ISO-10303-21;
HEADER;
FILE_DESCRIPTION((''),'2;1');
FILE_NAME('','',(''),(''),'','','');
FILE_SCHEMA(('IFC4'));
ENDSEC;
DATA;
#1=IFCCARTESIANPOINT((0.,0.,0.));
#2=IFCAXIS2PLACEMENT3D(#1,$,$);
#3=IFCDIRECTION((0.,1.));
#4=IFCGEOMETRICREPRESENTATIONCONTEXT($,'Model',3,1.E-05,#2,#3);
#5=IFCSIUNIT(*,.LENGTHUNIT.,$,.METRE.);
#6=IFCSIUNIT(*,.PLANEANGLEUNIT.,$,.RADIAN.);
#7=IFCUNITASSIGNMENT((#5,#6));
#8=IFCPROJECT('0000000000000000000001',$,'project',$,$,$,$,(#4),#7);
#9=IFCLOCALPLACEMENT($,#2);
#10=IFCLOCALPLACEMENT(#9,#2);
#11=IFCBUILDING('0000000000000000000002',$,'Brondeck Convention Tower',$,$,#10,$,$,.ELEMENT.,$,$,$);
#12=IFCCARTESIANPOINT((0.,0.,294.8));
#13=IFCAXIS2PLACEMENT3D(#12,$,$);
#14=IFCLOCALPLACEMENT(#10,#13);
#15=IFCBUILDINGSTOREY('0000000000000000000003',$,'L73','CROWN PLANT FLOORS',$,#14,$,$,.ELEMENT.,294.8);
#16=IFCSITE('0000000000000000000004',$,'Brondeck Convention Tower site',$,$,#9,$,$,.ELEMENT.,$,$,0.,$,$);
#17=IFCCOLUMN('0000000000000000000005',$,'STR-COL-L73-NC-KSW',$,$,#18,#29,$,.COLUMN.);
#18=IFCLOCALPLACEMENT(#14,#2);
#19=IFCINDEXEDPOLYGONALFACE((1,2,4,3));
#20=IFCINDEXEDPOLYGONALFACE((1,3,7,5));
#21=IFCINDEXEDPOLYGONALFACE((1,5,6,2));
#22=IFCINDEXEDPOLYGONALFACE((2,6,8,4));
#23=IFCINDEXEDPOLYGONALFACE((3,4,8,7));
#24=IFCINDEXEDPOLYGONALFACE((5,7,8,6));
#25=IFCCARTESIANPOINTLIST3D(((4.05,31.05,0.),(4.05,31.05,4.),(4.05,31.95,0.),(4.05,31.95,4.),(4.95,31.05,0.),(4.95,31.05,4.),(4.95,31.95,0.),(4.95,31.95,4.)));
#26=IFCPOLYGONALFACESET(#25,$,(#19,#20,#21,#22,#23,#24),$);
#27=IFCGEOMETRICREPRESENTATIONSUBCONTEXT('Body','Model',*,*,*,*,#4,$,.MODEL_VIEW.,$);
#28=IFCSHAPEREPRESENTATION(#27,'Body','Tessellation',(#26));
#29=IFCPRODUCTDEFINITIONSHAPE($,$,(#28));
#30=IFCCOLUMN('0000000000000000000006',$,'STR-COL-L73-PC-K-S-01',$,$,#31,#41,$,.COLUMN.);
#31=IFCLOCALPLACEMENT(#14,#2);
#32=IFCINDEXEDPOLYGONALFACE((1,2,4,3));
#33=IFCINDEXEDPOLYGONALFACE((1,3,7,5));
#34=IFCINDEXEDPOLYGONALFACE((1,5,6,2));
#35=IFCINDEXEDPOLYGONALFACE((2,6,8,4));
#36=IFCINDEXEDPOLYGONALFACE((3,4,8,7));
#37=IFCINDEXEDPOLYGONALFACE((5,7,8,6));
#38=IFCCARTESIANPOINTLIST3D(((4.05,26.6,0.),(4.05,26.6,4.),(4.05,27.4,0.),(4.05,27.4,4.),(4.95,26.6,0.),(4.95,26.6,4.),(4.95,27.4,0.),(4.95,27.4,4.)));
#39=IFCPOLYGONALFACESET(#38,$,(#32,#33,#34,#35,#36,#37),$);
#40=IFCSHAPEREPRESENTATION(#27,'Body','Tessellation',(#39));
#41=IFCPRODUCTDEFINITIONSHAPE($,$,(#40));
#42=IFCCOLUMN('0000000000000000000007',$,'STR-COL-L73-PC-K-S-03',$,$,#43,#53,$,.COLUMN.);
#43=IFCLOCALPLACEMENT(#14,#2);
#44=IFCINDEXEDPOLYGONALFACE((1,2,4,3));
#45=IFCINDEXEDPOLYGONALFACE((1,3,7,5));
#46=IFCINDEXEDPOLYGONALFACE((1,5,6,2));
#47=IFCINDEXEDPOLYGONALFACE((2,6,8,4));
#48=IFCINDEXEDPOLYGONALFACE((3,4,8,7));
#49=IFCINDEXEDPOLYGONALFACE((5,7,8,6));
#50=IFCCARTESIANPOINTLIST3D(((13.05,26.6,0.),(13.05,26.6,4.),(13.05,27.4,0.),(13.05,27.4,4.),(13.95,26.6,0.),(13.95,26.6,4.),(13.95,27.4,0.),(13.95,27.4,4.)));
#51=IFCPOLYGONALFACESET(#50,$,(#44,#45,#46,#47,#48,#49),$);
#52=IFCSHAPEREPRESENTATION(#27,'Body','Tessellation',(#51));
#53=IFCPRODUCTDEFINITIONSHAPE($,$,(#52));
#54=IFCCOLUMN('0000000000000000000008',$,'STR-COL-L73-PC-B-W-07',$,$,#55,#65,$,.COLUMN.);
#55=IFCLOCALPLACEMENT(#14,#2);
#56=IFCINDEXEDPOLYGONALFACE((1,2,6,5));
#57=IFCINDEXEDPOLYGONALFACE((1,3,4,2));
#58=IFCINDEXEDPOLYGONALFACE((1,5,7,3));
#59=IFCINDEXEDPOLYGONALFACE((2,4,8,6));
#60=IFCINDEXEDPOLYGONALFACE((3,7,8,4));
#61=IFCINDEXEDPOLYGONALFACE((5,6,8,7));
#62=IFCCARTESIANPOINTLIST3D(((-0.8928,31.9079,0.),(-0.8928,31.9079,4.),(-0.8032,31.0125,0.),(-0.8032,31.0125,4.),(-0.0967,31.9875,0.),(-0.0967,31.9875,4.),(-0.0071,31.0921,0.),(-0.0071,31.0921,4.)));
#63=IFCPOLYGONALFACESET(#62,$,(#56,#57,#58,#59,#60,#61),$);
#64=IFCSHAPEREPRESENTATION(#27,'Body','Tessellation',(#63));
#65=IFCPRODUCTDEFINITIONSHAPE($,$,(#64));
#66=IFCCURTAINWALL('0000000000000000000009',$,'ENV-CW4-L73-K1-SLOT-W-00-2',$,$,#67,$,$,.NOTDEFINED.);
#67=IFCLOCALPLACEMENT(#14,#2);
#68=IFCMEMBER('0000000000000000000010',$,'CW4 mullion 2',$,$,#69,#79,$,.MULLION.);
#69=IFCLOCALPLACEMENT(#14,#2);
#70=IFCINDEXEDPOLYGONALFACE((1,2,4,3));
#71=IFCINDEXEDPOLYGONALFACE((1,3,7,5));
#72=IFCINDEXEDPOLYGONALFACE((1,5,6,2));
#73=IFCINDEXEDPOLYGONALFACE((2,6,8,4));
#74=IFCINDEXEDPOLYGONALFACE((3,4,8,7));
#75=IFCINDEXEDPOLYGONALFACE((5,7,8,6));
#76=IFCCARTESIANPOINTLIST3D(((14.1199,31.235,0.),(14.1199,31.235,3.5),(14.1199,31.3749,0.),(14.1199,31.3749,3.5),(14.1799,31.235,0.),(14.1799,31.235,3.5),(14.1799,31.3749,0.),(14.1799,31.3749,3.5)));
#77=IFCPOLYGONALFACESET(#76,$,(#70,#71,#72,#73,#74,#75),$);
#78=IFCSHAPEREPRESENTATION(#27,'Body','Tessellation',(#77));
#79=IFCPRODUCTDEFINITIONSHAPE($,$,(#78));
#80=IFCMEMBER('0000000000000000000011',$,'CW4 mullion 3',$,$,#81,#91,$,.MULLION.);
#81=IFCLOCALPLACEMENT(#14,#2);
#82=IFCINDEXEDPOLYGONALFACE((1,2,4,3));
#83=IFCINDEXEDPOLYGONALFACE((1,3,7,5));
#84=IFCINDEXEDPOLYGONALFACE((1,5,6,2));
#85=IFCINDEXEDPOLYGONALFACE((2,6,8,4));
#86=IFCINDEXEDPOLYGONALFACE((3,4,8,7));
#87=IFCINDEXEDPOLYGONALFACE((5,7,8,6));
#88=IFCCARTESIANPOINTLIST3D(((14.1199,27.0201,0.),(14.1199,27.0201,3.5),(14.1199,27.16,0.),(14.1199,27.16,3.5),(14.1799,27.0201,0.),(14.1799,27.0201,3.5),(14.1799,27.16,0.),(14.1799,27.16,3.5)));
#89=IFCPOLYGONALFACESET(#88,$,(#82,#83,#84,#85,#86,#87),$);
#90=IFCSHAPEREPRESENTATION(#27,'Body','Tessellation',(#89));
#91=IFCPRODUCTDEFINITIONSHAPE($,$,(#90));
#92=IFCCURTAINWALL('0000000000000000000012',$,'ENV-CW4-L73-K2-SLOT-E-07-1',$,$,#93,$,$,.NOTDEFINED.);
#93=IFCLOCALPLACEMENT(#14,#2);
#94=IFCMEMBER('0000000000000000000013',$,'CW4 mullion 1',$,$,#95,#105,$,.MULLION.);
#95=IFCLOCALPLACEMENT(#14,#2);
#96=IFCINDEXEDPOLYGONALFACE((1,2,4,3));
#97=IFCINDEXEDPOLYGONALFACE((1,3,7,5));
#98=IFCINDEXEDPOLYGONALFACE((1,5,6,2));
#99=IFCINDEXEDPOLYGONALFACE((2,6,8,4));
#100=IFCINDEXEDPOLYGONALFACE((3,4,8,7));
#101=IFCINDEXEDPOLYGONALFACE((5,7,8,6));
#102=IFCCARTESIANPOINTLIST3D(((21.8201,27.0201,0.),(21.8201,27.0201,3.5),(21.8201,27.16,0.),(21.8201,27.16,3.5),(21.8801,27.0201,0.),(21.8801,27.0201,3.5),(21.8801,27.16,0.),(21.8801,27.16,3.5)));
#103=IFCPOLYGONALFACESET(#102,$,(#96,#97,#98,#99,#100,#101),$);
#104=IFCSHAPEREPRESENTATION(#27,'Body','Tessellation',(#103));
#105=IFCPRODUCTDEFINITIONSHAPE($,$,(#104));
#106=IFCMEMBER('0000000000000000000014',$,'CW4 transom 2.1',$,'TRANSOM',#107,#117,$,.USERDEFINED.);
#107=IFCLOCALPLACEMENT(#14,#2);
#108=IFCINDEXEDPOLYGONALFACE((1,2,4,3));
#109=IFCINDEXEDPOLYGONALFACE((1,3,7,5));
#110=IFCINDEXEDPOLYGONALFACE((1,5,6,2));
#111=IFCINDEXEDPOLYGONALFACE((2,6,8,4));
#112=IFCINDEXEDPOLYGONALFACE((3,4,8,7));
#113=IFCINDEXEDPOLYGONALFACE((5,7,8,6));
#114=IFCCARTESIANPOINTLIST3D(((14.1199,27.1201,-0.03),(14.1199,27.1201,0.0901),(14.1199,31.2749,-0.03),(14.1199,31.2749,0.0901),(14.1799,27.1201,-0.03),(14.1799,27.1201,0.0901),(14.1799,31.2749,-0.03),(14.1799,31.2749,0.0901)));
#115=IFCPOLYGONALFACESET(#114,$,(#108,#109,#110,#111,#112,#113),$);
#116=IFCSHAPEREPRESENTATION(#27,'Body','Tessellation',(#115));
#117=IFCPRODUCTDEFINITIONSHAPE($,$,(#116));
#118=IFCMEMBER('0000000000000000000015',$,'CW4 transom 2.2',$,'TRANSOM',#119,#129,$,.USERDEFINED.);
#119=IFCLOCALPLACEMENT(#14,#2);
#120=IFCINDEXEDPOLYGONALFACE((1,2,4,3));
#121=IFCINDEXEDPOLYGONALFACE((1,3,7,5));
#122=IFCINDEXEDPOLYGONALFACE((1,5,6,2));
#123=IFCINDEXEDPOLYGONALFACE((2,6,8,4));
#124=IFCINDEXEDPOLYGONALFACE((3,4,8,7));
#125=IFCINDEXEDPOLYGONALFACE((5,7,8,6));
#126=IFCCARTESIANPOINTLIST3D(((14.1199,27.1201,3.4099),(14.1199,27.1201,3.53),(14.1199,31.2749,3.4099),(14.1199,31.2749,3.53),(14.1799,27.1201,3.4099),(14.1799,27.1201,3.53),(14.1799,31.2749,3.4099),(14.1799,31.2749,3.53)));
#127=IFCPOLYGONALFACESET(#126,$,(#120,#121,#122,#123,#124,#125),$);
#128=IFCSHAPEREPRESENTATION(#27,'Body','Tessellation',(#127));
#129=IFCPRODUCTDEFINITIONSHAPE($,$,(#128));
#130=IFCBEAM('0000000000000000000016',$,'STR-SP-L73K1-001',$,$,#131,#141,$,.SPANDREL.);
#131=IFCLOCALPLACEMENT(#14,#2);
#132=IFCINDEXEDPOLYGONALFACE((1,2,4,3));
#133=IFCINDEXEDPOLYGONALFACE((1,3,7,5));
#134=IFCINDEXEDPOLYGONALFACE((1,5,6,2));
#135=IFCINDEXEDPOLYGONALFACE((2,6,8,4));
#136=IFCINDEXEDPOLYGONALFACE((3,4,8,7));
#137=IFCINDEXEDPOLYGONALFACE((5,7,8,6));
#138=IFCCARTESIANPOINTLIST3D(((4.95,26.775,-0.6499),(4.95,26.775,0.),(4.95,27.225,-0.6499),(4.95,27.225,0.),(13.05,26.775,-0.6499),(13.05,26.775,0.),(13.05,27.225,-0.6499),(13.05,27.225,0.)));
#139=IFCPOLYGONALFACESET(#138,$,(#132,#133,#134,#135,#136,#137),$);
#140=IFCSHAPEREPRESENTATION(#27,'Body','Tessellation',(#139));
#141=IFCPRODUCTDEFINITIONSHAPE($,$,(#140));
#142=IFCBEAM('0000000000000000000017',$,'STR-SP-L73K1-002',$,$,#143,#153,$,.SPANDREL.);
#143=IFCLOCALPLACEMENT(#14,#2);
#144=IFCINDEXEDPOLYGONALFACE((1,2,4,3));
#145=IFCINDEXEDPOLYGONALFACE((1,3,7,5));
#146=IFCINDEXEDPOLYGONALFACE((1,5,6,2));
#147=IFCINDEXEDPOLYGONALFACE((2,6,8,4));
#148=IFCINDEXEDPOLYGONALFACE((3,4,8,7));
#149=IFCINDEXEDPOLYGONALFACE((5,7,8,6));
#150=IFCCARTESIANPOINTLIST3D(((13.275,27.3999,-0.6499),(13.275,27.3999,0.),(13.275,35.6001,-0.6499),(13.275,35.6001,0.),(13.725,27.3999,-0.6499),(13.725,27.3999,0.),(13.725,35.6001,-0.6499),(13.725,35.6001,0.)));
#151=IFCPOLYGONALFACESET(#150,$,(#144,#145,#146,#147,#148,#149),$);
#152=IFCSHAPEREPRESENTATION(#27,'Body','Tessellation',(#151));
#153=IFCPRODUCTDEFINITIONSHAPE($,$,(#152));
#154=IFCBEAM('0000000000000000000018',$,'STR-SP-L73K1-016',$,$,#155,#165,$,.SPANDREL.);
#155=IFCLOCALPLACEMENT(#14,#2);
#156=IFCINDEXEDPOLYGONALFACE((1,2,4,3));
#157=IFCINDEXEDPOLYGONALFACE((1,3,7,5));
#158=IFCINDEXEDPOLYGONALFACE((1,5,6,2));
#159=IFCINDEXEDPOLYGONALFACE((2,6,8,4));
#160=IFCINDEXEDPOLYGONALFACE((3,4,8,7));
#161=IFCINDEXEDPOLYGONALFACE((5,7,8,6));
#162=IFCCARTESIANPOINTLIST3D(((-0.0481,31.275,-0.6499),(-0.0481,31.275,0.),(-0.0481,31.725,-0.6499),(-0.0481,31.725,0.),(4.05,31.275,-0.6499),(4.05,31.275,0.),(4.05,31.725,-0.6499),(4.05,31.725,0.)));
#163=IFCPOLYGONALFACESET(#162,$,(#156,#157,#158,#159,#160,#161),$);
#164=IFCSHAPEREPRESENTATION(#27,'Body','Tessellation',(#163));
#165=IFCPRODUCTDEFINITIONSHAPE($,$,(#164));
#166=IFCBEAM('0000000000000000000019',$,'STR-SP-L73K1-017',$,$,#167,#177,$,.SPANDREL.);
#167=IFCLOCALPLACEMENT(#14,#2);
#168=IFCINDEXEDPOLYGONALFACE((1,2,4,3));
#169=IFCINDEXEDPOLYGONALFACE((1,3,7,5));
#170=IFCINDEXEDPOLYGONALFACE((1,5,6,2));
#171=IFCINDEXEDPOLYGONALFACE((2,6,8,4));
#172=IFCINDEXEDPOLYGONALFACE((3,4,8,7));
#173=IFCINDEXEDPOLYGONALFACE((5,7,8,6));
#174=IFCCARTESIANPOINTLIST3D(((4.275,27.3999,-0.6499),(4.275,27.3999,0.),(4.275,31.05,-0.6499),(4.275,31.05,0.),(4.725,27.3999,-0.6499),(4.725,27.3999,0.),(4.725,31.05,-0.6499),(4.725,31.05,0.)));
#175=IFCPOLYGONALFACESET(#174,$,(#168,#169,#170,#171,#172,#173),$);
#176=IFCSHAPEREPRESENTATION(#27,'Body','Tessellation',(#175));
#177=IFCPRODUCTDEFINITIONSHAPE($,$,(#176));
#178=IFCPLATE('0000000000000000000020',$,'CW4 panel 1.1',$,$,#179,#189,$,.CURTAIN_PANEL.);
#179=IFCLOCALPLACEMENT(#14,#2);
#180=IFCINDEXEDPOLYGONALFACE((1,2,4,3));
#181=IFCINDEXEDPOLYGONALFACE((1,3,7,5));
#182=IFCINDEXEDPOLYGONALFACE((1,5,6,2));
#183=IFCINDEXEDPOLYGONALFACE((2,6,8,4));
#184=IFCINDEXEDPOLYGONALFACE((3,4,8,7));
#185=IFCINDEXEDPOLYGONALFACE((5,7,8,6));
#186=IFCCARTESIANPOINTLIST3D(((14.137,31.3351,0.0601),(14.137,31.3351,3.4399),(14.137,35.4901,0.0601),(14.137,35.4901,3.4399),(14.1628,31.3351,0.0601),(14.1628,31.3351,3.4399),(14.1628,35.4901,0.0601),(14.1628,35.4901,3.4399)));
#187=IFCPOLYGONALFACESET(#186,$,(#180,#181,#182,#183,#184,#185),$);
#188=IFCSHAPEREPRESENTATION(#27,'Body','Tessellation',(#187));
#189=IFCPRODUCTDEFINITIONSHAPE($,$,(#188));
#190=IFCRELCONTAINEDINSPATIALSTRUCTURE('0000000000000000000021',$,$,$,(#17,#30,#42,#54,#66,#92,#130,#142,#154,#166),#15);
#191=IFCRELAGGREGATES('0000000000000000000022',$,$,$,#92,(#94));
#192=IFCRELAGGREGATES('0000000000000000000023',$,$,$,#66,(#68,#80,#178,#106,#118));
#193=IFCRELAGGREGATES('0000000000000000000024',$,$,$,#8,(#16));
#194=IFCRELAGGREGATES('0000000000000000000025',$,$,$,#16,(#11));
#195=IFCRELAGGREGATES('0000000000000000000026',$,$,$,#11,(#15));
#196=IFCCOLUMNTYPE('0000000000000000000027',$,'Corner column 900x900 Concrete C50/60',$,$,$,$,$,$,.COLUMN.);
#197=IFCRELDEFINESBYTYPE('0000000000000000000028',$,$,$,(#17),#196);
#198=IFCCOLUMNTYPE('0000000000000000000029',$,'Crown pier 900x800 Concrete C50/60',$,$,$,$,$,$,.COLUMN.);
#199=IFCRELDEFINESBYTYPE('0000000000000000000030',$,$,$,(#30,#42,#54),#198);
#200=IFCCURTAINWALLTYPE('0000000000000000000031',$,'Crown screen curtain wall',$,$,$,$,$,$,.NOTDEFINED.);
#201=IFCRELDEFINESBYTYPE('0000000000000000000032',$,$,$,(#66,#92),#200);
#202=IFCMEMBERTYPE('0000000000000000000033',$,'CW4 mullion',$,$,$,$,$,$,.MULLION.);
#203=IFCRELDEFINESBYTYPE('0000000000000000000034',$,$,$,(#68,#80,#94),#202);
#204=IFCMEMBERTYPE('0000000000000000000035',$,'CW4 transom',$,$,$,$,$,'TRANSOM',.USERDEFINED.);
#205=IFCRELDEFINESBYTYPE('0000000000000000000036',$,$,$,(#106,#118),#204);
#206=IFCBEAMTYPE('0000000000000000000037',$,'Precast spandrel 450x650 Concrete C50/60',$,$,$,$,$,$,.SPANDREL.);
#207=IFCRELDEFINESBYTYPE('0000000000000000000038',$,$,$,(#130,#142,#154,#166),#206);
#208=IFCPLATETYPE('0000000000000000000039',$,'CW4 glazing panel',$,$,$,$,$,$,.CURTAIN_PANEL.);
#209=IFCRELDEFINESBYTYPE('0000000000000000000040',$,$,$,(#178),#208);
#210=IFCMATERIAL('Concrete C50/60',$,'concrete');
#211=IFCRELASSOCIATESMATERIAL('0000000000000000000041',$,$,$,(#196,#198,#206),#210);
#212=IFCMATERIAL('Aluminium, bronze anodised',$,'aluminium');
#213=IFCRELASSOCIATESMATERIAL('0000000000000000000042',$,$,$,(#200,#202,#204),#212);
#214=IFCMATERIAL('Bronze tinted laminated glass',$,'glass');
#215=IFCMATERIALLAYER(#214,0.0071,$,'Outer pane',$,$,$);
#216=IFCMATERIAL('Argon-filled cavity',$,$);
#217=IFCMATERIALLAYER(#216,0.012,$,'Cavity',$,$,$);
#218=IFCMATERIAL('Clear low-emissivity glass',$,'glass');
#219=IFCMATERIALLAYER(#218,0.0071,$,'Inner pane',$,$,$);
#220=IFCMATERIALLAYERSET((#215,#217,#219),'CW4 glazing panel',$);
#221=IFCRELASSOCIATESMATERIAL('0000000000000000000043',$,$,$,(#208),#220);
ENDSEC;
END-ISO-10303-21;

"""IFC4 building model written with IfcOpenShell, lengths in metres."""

from ifc_helpers import new_model, si_unit, direction, frame, origin, origin_2d, place, context, subcontext, project, spatial, rectangle, extrude, material, layer, layer_set, material_profile, profile_set, type_object, element, aggregate, save


model = new_model("IFC4")

# Units and contexts
model_context = context("Model", 3, precision=1e-05, world=origin(), true_north=direction((0.0, 1.0)))
body_context = subcontext(model_context, "Body", "Model", "MODEL_VIEW")
ifc_project = project(units=[si_unit("LENGTHUNIT", "METRE"), si_unit("PLANEANGLEUNIT", "RADIAN")], contexts=[model_context])

# Site, building, storey
site_placement = place(None, origin())
site = spatial("IfcSite", under=ifc_project, at=site_placement, Name="Brondeck Convention Tower site", CompositionType="ELEMENT", RefElevation=0.0)
building_placement = place(site_placement, origin())
building = spatial("IfcBuilding", under=site, at=building_placement, Name="Brondeck Convention Tower", CompositionType="ELEMENT")
storey_placement = place(building_placement, frame((0.0, 0.0, 294.8)))
storey = spatial("IfcBuildingStorey", under=building, at=storey_placement, Name="L73", Description="CROWN PLANT FLOORS", CompositionType="ELEMENT", Elevation=294.8)

# Columns
ifc_material_1 = material(Name="Concrete C50/60", Category="concrete")
ifc_material_profile_1 = material_profile(ifc_material_1, rectangle(XDim=0.8999, YDim=0.8999, at=origin_2d()), Name="Corner column 900x900 Concrete C50/60")
ifc_profile_set_1 = profile_set([ifc_material_profile_1], Name="Concrete C50/60")
column_type_1 = type_object("IfcColumnType", Name="Corner column 900x900 Concrete C50/60", PredefinedType="COLUMN", material=ifc_profile_set_1)
column_placement = place(storey_placement, frame((4.5, 31.5, 0.0), z_axis=(0.0, 0.0, 1.0), x_axis=(1.0, 0.0, 0.0)))
element("IfcColumn", 1, at=column_placement, inside=storey, type_object=column_type_1, Name="STR-COL-L73-NC-KSW", PredefinedType="COLUMN", context=body_context, shape_type="SweptSolid", body=[
    extrude(rectangle(XDim=0.8999, YDim=0.8999, at=origin_2d()), origin(), (0.0, 0.0, 1.0), 4.0),
])
ifc_material_profile_2 = material_profile(ifc_material_1, rectangle(XDim=0.8999, YDim=0.8, at=origin_2d()), Name="Crown pier 900x800 Concrete C50/60")
ifc_profile_set_2 = profile_set([ifc_material_profile_2], Name="Concrete C50/60")
column_type_2 = type_object("IfcColumnType", Name="Crown pier 900x800 Concrete C50/60", PredefinedType="COLUMN", material=ifc_profile_set_2)
for number, where, z_axis, x_axis, name in (
    (2, (4.5, 27.0, 0.0), (0.0, 0.0, 1.0), (1.0, 0.0, 0.0), "STR-COL-L73-PC-K-S-01"),
    (3, (13.5, 27.0, 0.0), (0.0, 0.0, 1.0), (1.0, 0.0, 0.0), "STR-COL-L73-PC-K-S-03"),
    (4, (-0.45, 31.5, 0.0), (0.0, 0.0, 1.0), (0.099504, -0.995037, 0.0), "STR-COL-L73-PC-B-W-07"),
):
    element("IfcColumn", number, at=place(storey_placement, frame(where, z_axis=z_axis, x_axis=x_axis)), inside=storey, type_object=column_type_2, Name=name, PredefinedType="COLUMN", context=body_context, shape_type="SweptSolid", body=[
        extrude(rectangle(XDim=0.8999, YDim=0.8, at=origin_2d()), origin(), (0.0, 0.0, 1.0), 4.0),
    ])

# Curtain wall, members
ifc_material_2 = material(Name="Aluminium, bronze anodised", Category="aluminium")
curtain_wall_type = type_object("IfcCurtainWallType", Name="Crown screen curtain wall", PredefinedType="NOTDEFINED", material=ifc_material_2)
curtain_wall_1_placement = place(storey_placement, origin())
curtain_wall_1 = element("IfcCurtainWall", 5, at=curtain_wall_1_placement, inside=storey, type_object=curtain_wall_type, Name="ENV-CW4-L73-K1-SLOT-W-00-2", PredefinedType="NOTDEFINED")
ifc_material_profile_3 = material_profile(ifc_material_2, rectangle(XDim=0.0601, YDim=0.1399, at=origin_2d()), Name="CW4 mullion")
ifc_profile_set_3 = profile_set([ifc_material_profile_3], Name="Aluminium, bronze anodised")
member_type_1 = type_object("IfcMemberType", Name="CW4 mullion", PredefinedType="MULLION", material=ifc_profile_set_3)
member_1_placement = place(storey_placement, frame((14.1499, 31.3049, 0.0), z_axis=(0.0, 0.0, 1.0), x_axis=(1.0, 0.0, 0.0)))
member_1 = element("IfcMember", 6, at=member_1_placement, type_object=member_type_1, Name="CW4 mullion 2", PredefinedType="MULLION", context=body_context, shape_type="SweptSolid", body=[
    extrude(rectangle(XDim=0.0601, YDim=0.1399, at=origin_2d()), origin(), (0.0, 0.0, 1.0), 3.5),
])
member_2_placement = place(storey_placement, frame((14.1499, 27.0901, 0.0), z_axis=(0.0, 0.0, 1.0), x_axis=(1.0, 0.0, 0.0)))
member_2 = element("IfcMember", 7, at=member_2_placement, type_object=member_type_1, Name="CW4 mullion 3", PredefinedType="MULLION", context=body_context, shape_type="SweptSolid", body=[
    extrude(rectangle(XDim=0.0601, YDim=0.1399, at=origin_2d()), origin(), (0.0, 0.0, 1.0), 3.5),
])

# Curtain wall, member
curtain_wall_2_placement = place(storey_placement, origin())
curtain_wall_2 = element("IfcCurtainWall", 8, at=curtain_wall_2_placement, inside=storey, type_object=curtain_wall_type, Name="ENV-CW4-L73-K2-SLOT-E-07-1", PredefinedType="NOTDEFINED")
member_3_placement = place(storey_placement, frame((21.8501, 27.0901, 0.0), z_axis=(0.0, 0.0, 1.0), x_axis=(-1.0, 0.0, 0.0)))
member_3 = element("IfcMember", 9, at=member_3_placement, type_object=member_type_1, Name="CW4 mullion 1", PredefinedType="MULLION", context=body_context, shape_type="SweptSolid", body=[
    extrude(rectangle(XDim=0.0601, YDim=0.1399, at=origin_2d()), origin(), (0.0, 0.0, 1.0), 3.5),
])
aggregate(curtain_wall_2, [member_3])

# Members
ifc_material_profile_4 = material_profile(ifc_material_2, rectangle(XDim=0.0601, YDim=0.1201, at=origin_2d()), Name="CW4 transom")
ifc_profile_set_4 = profile_set([ifc_material_profile_4], Name="Aluminium, bronze anodised")
member_type_2 = type_object("IfcMemberType", Name="CW4 transom", ElementType="TRANSOM", PredefinedType="USERDEFINED", material=ifc_profile_set_4)
member_4_placement = place(storey_placement, frame((14.1499, 31.2749, 0.03), z_axis=(0.0, -1.0, 0.0), x_axis=(1.0, 0.0, 0.0)))
member_4 = element("IfcMember", 10, at=member_4_placement, type_object=member_type_2, Name="CW4 transom 2.1", ObjectType="TRANSOM", PredefinedType="USERDEFINED", context=body_context, shape_type="SweptSolid", body=[
    extrude(rectangle(XDim=0.0601, YDim=0.1201, at=origin_2d()), origin(), (0.0, 0.0, 1.0), 4.1548),
])
member_5_placement = place(storey_placement, frame((14.1499, 31.2749, 3.47), z_axis=(0.0, -1.0, 0.0), x_axis=(1.0, 0.0, 0.0)))
member_5 = element("IfcMember", 11, at=member_5_placement, type_object=member_type_2, Name="CW4 transom 2.2", ObjectType="TRANSOM", PredefinedType="USERDEFINED", context=body_context, shape_type="SweptSolid", body=[
    extrude(rectangle(XDim=0.0601, YDim=0.1201, at=origin_2d()), origin(), (0.0, 0.0, 1.0), 4.1548),
])

# Beams
ifc_material_profile_5 = material_profile(ifc_material_1, rectangle(XDim=0.45, YDim=0.6499, at=origin_2d()), Name="Precast spandrel 450x650 Concrete C50/60")
ifc_profile_set_5 = profile_set([ifc_material_profile_5], Name="Concrete C50/60")
beam_type = type_object("IfcBeamType", Name="Precast spandrel 450x650 Concrete C50/60", PredefinedType="SPANDREL", material=ifc_profile_set_5)
beam_1_placement = place(storey_placement, frame((4.95, 27.0, -0.325), z_axis=(1.0, 0.0, 0.0), x_axis=(0.0, 1.0, 0.0)))
element("IfcBeam", 12, at=beam_1_placement, inside=storey, type_object=beam_type, Name="STR-SP-L73K1-001", PredefinedType="SPANDREL", context=body_context, shape_type="SweptSolid", body=[
    extrude(rectangle(XDim=0.45, YDim=0.6499, at=origin_2d()), origin(), (0.0, 0.0, 1.0), 8.1001),
])
beam_2_placement = place(storey_placement, frame((13.5, 27.3999, -0.325), z_axis=(0.0, 1.0, 0.0), x_axis=(-1.0, 0.0, 0.0)))
element("IfcBeam", 13, at=beam_2_placement, inside=storey, type_object=beam_type, Name="STR-SP-L73K1-002", PredefinedType="SPANDREL", context=body_context, shape_type="SweptSolid", body=[
    extrude(rectangle(XDim=0.45, YDim=0.6499, at=origin_2d()), origin(), (0.0, 0.0, 1.0), 8.2002),
])
beam_3_placement = place(storey_placement, frame((-0.0481, 31.5, -0.325), z_axis=(1.0, 0.0, 0.0), x_axis=(0.0, 1.0, 0.0)))
element("IfcBeam", 14, at=beam_3_placement, inside=storey, type_object=beam_type, Name="STR-SP-L73K1-016", PredefinedType="SPANDREL", context=body_context, shape_type="SweptSolid", body=[
    extrude(rectangle(XDim=0.45, YDim=0.6499, at=origin_2d()), origin(), (0.0, 0.0, 1.0), 4.0981),
])
beam_4_placement = place(storey_placement, frame((4.5, 31.05, -0.325), z_axis=(0.0, -1.0, 0.0), x_axis=(1.0, 0.0, 0.0)))
element("IfcBeam", 15, at=beam_4_placement, inside=storey, type_object=beam_type, Name="STR-SP-L73K1-017", PredefinedType="SPANDREL", context=body_context, shape_type="SweptSolid", body=[
    extrude(rectangle(XDim=0.45, YDim=0.6499, at=origin_2d()), origin(), (0.0, 0.0, 1.0), 3.6501),
])

# Plate
ifc_material_3 = material(Name="Bronze tinted laminated glass", Category="glass")
ifc_layer_1 = layer(ifc_material_3, 0.0071, Name="Outer pane")
ifc_material_4 = material(Name="Argon-filled cavity")
ifc_layer_2 = layer(ifc_material_4, 0.012, Name="Cavity")
ifc_material_5 = material(Name="Clear low-emissivity glass", Category="glass")
ifc_layer_3 = layer(ifc_material_5, 0.0071, Name="Inner pane")
ifc_layer_set_1 = layer_set([ifc_layer_1, ifc_layer_2, ifc_layer_3], Name="CW4 glazing panel")
plate_type = type_object("IfcPlateType", Name="CW4 glazing panel", PredefinedType="CURTAIN_PANEL", material=ifc_layer_set_1)
plate_1_placement = place(storey_placement, frame((14.1499, 33.4126, 0.0601), z_axis=(0.0, 0.0, 1.0), x_axis=(0.0, -1.0, 0.0)))
plate_1 = element("IfcPlate", 16, at=plate_1_placement, type_object=plate_type, Name="CW4 panel 1.1", PredefinedType="CURTAIN_PANEL", context=body_context, shape_type="SweptSolid", body=[
    extrude(rectangle(XDim=4.155, YDim=0.0259, at=origin_2d()), origin(), (0.0, 0.0, 1.0), 3.3799),
])
aggregate(curtain_wall_1, [member_1, member_2, plate_1, member_4, member_5])

save(model, "model.ifc")
